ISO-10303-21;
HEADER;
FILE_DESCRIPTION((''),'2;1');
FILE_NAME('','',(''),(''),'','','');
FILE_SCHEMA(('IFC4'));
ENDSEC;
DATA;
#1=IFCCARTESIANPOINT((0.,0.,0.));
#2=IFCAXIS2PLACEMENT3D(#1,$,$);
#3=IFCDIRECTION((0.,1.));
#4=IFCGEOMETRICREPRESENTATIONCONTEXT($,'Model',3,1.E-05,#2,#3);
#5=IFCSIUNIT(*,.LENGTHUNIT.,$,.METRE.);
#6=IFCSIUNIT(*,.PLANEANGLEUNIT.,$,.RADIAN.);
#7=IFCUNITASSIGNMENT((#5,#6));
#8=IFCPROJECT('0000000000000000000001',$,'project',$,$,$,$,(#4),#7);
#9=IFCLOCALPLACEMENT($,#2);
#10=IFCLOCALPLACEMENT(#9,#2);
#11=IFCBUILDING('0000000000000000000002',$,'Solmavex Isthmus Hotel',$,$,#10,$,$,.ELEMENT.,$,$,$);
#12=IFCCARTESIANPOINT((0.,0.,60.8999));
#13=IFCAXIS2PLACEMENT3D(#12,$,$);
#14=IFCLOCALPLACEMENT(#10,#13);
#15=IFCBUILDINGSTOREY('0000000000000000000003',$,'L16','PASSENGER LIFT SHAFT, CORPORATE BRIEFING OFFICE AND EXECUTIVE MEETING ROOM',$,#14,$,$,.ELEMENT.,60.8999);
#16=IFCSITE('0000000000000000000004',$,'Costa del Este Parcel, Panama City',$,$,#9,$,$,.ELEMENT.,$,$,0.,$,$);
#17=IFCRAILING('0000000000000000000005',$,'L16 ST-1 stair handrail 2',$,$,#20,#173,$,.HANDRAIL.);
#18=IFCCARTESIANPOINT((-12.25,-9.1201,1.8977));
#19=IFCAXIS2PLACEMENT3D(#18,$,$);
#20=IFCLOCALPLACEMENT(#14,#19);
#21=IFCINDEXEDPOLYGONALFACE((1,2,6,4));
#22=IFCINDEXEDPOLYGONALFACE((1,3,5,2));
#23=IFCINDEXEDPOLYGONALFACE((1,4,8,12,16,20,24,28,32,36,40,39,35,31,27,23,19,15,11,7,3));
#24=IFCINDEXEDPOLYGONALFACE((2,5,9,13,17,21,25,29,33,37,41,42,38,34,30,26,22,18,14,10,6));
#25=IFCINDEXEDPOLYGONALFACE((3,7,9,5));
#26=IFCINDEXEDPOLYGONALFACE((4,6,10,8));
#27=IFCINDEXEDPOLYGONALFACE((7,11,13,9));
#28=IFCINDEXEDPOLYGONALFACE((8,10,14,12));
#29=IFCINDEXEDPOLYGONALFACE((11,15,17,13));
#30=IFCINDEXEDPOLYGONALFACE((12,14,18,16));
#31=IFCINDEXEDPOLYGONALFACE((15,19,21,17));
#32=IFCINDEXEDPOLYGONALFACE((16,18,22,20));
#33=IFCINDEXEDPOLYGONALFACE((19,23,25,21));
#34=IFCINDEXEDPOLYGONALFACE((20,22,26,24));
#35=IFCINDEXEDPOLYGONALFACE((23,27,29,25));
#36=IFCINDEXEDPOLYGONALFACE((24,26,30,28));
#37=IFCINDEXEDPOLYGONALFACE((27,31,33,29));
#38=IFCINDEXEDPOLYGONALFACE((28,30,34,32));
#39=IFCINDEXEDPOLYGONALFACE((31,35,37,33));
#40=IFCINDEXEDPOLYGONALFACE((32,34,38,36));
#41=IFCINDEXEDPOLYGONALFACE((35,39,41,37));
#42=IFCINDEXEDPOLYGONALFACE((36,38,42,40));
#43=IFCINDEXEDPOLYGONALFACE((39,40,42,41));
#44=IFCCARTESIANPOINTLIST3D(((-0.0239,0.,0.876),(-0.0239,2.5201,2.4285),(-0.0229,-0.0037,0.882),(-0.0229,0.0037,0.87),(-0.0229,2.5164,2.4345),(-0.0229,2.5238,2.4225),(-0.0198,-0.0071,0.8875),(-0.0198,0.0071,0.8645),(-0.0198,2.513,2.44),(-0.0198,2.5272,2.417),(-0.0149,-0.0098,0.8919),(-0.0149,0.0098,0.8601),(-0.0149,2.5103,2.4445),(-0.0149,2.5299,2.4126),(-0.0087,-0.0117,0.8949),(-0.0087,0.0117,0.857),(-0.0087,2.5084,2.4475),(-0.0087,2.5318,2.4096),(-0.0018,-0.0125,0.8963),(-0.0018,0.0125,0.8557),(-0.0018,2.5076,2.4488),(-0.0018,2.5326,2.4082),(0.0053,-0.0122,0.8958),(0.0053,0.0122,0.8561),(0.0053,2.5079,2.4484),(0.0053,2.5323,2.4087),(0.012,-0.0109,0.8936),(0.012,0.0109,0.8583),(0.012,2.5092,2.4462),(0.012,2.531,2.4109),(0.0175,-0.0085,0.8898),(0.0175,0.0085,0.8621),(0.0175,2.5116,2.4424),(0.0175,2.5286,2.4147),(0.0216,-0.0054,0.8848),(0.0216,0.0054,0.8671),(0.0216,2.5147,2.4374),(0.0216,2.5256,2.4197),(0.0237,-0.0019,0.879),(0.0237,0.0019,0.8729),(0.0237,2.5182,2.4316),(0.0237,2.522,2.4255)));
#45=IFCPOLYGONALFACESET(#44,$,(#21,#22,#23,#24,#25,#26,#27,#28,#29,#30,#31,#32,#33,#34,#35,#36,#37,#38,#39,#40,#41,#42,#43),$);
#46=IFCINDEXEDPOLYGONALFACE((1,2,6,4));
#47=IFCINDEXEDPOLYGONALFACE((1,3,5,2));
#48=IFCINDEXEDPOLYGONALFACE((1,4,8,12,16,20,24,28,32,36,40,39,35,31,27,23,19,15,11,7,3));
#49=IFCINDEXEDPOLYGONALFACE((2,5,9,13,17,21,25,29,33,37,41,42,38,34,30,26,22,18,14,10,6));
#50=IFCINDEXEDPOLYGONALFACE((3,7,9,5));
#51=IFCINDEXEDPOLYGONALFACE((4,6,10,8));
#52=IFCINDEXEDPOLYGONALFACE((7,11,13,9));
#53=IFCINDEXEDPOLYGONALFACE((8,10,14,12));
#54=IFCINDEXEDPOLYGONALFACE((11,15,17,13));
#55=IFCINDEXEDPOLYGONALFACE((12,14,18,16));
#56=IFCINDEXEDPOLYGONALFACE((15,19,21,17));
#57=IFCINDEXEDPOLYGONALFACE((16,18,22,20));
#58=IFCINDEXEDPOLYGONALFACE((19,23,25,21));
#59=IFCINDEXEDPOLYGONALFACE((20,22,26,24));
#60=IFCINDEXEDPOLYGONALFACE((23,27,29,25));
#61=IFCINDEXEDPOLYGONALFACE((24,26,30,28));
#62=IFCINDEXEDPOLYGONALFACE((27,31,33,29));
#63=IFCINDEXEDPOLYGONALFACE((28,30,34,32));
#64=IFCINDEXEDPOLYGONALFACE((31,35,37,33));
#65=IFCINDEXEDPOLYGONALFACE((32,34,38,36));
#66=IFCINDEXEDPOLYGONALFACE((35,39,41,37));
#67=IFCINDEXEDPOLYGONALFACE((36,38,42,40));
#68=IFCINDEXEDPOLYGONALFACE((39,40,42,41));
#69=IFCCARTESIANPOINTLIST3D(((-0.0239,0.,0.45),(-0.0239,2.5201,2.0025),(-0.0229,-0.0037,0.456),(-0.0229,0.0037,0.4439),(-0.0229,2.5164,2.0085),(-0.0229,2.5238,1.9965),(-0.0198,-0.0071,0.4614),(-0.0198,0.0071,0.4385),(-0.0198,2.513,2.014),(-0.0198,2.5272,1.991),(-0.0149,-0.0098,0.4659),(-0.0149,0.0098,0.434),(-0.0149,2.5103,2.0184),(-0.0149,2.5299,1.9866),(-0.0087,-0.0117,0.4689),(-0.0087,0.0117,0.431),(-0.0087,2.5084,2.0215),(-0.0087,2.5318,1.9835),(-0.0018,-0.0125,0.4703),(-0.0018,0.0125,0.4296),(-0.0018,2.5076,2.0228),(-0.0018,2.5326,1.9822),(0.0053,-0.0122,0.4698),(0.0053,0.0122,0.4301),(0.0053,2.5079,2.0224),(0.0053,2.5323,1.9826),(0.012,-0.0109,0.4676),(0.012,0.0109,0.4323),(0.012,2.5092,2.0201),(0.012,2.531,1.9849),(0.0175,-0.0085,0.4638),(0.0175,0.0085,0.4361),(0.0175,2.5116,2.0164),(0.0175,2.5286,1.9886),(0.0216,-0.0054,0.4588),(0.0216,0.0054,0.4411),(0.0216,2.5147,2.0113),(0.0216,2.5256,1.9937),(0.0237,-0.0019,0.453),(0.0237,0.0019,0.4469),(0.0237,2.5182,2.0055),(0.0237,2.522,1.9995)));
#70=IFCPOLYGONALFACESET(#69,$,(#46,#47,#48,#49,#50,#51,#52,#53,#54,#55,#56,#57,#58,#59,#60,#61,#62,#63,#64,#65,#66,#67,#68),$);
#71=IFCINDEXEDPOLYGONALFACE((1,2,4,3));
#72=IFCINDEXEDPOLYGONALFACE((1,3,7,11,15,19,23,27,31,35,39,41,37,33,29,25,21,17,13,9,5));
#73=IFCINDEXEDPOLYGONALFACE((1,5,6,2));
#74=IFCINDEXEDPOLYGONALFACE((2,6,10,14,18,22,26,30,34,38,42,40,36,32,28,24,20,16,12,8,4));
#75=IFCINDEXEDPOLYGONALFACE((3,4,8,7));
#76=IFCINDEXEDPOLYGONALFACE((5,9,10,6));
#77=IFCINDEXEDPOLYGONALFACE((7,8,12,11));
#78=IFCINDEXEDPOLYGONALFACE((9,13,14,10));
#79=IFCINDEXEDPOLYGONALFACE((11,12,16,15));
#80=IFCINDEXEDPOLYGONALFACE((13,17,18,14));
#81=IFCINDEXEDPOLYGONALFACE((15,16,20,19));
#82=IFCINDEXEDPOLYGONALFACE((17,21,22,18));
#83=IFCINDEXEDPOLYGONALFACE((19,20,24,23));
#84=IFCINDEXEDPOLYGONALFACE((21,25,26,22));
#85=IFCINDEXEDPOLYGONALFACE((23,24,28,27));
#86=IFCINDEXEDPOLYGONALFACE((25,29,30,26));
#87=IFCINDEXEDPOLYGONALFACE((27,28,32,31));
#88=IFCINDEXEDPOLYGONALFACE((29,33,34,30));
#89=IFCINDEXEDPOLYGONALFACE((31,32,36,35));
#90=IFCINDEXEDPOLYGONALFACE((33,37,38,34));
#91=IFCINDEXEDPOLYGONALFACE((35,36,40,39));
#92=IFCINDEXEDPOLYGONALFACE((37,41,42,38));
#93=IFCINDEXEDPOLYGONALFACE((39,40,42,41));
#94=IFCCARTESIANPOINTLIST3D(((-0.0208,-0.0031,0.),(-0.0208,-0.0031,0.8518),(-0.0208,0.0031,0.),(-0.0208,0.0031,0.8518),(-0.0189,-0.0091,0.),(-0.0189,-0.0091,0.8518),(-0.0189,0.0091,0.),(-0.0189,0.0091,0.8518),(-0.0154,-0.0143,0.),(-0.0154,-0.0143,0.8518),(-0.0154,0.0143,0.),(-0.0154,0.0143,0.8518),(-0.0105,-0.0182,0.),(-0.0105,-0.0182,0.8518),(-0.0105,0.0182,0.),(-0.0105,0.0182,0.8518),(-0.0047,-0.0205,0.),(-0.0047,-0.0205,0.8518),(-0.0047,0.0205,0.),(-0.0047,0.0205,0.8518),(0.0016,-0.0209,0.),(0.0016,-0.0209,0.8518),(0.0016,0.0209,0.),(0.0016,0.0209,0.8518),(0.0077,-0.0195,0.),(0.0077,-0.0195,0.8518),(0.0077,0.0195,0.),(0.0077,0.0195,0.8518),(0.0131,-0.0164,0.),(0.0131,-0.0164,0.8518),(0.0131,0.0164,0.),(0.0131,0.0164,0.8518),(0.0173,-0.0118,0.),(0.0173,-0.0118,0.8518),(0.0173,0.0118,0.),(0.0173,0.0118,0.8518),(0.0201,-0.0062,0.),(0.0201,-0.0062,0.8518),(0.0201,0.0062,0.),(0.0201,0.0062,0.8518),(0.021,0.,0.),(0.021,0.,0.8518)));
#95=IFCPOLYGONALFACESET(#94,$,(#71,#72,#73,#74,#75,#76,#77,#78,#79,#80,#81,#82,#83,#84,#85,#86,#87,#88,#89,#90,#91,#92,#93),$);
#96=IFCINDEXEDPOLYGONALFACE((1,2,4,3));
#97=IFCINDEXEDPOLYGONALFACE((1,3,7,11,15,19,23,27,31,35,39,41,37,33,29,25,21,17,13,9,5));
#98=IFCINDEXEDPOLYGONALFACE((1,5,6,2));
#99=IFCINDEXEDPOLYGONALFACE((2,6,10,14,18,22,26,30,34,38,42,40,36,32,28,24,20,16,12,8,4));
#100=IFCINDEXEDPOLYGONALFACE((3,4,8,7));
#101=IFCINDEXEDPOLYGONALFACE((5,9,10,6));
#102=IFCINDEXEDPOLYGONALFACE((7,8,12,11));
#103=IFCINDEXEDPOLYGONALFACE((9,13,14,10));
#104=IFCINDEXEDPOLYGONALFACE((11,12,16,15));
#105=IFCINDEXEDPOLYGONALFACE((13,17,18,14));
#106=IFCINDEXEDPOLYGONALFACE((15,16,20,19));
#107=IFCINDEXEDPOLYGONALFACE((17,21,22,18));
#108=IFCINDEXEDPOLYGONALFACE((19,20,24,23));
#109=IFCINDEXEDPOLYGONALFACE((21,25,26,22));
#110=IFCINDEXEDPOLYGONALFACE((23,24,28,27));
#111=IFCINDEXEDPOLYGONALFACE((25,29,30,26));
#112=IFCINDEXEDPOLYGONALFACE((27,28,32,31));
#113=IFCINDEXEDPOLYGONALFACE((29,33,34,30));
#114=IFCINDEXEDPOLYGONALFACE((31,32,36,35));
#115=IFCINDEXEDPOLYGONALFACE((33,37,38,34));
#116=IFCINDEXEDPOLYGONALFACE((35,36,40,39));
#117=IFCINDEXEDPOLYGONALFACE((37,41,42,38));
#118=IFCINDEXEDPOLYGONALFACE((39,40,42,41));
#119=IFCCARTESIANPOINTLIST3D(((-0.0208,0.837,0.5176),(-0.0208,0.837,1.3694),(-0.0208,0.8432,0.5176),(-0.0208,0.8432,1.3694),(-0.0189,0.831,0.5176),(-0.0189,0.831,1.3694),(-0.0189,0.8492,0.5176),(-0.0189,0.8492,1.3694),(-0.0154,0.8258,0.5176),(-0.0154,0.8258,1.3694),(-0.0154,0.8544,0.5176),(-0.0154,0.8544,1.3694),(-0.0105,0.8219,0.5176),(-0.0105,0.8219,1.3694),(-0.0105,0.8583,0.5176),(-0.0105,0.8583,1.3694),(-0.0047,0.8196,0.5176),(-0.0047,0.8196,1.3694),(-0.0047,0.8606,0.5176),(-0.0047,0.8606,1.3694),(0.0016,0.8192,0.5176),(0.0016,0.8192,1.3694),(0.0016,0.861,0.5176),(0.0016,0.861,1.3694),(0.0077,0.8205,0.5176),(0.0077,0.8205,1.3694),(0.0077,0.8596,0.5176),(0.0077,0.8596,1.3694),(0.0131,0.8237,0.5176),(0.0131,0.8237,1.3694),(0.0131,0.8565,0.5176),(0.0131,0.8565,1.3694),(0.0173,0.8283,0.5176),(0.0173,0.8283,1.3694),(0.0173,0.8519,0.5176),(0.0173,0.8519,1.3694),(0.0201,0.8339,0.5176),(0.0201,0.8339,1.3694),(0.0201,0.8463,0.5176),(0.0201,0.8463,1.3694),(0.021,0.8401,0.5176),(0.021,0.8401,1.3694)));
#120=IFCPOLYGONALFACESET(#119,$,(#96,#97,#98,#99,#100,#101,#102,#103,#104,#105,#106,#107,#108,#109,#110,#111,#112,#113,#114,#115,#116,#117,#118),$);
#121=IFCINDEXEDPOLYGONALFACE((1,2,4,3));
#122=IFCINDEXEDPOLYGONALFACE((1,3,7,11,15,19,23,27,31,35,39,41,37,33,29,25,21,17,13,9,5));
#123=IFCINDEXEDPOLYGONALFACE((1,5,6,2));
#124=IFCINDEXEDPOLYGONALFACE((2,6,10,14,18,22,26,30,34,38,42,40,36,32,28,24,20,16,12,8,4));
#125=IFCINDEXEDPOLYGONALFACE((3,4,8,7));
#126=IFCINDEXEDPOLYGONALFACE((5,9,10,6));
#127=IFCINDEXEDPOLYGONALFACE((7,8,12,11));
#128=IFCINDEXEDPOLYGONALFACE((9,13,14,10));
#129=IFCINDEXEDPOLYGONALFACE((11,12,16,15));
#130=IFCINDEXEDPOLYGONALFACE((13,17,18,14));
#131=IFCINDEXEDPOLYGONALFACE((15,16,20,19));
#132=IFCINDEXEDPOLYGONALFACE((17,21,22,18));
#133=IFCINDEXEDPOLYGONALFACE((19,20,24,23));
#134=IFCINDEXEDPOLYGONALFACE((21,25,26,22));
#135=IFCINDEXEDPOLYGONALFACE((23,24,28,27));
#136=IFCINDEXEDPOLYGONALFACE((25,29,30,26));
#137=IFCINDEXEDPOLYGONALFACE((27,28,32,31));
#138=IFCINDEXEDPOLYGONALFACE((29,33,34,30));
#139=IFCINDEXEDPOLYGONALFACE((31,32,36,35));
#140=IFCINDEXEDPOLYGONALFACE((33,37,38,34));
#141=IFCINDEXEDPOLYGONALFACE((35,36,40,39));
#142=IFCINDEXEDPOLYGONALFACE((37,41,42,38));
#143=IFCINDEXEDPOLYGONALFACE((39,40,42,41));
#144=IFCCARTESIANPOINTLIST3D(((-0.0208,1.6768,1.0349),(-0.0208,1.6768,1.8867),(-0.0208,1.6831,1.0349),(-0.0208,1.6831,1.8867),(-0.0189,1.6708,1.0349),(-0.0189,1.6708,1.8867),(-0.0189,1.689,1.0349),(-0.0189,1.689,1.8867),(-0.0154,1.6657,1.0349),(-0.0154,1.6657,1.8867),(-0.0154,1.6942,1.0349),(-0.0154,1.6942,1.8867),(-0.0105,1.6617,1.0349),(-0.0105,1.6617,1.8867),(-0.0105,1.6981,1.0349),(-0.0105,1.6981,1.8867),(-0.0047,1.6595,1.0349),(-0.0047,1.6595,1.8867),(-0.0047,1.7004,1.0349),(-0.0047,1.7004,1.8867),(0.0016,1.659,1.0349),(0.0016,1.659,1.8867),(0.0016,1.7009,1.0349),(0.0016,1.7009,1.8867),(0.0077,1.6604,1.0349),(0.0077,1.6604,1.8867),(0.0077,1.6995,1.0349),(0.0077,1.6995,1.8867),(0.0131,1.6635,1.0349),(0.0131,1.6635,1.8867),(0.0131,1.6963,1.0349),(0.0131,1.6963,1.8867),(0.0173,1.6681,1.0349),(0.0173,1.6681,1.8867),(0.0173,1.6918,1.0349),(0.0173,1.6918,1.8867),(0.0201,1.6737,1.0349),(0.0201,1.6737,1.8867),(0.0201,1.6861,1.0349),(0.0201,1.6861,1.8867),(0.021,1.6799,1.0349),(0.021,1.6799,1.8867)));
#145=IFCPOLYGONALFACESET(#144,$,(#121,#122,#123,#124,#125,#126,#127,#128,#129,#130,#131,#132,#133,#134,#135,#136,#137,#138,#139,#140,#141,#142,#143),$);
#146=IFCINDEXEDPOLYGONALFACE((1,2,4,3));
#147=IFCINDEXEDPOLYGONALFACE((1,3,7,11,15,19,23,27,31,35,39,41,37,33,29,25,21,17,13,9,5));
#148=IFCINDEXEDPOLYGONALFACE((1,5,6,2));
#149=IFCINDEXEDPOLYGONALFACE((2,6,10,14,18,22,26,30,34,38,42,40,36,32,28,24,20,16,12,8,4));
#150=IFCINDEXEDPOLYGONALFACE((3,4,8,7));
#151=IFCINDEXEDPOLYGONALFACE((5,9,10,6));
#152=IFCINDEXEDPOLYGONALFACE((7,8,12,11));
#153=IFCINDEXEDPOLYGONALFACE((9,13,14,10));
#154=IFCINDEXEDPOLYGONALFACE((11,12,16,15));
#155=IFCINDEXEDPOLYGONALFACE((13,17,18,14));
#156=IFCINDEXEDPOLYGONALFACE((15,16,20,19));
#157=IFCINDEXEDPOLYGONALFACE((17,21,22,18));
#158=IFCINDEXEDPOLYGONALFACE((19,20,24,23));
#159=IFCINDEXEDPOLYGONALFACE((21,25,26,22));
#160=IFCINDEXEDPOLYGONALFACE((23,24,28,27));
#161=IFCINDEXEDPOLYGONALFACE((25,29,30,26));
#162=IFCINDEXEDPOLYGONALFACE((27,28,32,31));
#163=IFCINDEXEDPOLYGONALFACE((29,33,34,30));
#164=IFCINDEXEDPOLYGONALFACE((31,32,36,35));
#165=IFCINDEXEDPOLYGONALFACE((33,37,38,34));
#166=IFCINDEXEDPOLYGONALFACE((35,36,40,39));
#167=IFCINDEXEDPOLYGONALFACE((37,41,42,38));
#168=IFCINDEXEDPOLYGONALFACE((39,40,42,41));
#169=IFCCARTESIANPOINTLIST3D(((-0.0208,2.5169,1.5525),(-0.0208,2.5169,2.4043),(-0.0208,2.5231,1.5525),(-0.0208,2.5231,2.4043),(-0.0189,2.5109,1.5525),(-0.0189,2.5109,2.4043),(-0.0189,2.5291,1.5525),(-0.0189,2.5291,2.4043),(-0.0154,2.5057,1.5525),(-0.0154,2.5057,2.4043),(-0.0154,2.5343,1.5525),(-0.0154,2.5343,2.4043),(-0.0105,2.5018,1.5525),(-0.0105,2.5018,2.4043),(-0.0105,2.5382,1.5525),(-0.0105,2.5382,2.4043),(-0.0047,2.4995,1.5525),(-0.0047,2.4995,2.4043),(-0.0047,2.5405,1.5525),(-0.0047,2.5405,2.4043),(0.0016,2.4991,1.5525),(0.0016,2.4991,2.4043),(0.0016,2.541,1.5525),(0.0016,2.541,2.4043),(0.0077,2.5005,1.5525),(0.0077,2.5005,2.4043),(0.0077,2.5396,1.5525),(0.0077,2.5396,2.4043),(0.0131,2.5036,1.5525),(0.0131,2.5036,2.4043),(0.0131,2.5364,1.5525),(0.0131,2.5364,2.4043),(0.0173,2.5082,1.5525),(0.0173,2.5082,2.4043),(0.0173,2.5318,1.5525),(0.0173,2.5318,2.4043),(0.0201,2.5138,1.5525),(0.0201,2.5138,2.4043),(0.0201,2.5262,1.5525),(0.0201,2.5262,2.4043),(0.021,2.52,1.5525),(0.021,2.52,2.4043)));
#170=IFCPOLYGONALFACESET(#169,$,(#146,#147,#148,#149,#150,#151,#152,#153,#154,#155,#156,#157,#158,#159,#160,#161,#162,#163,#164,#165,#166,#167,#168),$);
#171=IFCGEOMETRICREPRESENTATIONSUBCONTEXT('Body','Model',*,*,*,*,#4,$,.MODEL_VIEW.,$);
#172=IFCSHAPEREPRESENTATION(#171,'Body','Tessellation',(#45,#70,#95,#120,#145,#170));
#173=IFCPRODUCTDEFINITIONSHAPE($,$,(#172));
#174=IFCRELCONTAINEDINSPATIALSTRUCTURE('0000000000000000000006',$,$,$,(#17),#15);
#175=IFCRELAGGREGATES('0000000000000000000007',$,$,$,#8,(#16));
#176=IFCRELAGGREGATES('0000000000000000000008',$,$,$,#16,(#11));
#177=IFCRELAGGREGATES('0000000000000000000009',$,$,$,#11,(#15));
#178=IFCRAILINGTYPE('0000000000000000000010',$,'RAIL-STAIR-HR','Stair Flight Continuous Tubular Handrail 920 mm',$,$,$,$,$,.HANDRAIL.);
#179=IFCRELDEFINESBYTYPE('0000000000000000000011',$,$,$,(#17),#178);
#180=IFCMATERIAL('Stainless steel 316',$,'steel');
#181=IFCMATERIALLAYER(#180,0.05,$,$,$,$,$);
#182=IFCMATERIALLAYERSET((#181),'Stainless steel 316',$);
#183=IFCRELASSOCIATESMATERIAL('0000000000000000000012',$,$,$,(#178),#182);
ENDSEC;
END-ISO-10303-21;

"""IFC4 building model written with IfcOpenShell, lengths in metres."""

from ifc_helpers import new_model, si_unit, direction, frame, origin, origin_2d, place, context, subcontext, project, spatial, circle, extrude, material, layer, layer_set, type_object, element, save


model = new_model("IFC4")

# Units and contexts
model_context = context("Model", 3, precision=1e-05, world=origin(), true_north=direction((0.0, 1.0)))
body_context = subcontext(model_context, "Body", "Model", "MODEL_VIEW")
ifc_project = project(units=[si_unit("LENGTHUNIT", "METRE"), si_unit("PLANEANGLEUNIT", "RADIAN")], contexts=[model_context])

# Site, building, storey
site_placement = place(None, origin())
site = spatial("IfcSite", under=ifc_project, at=site_placement, Name="Costa del Este Parcel, Panama City", CompositionType="ELEMENT", RefElevation=0.0)
building_placement = place(site_placement, origin())
building = spatial("IfcBuilding", under=site, at=building_placement, Name="Solmavex Isthmus Hotel", CompositionType="ELEMENT")
storey_placement = place(building_placement, frame((0.0, 0.0, 60.8999)))
storey = spatial("IfcBuildingStorey", under=building, at=storey_placement, Name="L16", Description="PASSENGER LIFT SHAFT, CORPORATE BRIEFING OFFICE AND EXECUTIVE MEETING ROOM", CompositionType="ELEMENT", Elevation=60.8999)

# Shared definitions
ifc_material_1 = material(Name="Stainless steel 316", Category="steel")

# Railing
ifc_layer_1 = layer(ifc_material_1, 0.05)
ifc_layer_set_1 = layer_set([ifc_layer_1], Name="Stainless steel 316")
railing_type_1 = type_object("IfcRailingType", Name="RAIL-STAIR-HR", Description="Stair Flight Continuous Tubular Handrail 920 mm", PredefinedType="HANDRAIL", material=ifc_layer_set_1)
railing_1_placement = place(storey_placement, frame((-12.25, -9.1201, 1.8977)))
element("IfcRailing", 1, at=railing_1_placement, inside=storey, type_object=railing_type_1, Name="L16 ST-1 stair handrail 2", PredefinedType="HANDRAIL", context=body_context, shape_type="SweptSolid", body=[
    extrude(circle(Radius=0.0239, at=origin_2d()), frame((0.0, 0.0, 0.876), z_axis=(0.0, 0.8514, 0.524516), x_axis=(-1.0, 0.0, 0.0)), (0.0, 0.0, 1.0), 2.96),
    extrude(circle(Radius=0.0239, at=origin_2d()), frame((0.0, 0.0, 0.45), z_axis=(0.0, 0.8514, 0.524516), x_axis=(-1.0, 0.0, 0.0)), (0.0, 0.0, 1.0), 2.96),
    extrude(circle(Radius=0.021, at=origin_2d()), origin(), (0.0, 0.0, 1.0), 0.8518),
    extrude(circle(Radius=0.021, at=origin_2d()), frame((0.0, 0.8401, 0.5176)), (0.0, 0.0, 1.0), 0.8518),
    extrude(circle(Radius=0.021, at=origin_2d()), frame((0.0, 1.6799, 1.0349)), (0.0, 0.0, 1.0), 0.8518),
    extrude(circle(Radius=0.021, at=origin_2d()), frame((0.0, 2.52, 1.5525)), (0.0, 0.0, 1.0), 0.8518),
])

save(model, "model.ifc")
